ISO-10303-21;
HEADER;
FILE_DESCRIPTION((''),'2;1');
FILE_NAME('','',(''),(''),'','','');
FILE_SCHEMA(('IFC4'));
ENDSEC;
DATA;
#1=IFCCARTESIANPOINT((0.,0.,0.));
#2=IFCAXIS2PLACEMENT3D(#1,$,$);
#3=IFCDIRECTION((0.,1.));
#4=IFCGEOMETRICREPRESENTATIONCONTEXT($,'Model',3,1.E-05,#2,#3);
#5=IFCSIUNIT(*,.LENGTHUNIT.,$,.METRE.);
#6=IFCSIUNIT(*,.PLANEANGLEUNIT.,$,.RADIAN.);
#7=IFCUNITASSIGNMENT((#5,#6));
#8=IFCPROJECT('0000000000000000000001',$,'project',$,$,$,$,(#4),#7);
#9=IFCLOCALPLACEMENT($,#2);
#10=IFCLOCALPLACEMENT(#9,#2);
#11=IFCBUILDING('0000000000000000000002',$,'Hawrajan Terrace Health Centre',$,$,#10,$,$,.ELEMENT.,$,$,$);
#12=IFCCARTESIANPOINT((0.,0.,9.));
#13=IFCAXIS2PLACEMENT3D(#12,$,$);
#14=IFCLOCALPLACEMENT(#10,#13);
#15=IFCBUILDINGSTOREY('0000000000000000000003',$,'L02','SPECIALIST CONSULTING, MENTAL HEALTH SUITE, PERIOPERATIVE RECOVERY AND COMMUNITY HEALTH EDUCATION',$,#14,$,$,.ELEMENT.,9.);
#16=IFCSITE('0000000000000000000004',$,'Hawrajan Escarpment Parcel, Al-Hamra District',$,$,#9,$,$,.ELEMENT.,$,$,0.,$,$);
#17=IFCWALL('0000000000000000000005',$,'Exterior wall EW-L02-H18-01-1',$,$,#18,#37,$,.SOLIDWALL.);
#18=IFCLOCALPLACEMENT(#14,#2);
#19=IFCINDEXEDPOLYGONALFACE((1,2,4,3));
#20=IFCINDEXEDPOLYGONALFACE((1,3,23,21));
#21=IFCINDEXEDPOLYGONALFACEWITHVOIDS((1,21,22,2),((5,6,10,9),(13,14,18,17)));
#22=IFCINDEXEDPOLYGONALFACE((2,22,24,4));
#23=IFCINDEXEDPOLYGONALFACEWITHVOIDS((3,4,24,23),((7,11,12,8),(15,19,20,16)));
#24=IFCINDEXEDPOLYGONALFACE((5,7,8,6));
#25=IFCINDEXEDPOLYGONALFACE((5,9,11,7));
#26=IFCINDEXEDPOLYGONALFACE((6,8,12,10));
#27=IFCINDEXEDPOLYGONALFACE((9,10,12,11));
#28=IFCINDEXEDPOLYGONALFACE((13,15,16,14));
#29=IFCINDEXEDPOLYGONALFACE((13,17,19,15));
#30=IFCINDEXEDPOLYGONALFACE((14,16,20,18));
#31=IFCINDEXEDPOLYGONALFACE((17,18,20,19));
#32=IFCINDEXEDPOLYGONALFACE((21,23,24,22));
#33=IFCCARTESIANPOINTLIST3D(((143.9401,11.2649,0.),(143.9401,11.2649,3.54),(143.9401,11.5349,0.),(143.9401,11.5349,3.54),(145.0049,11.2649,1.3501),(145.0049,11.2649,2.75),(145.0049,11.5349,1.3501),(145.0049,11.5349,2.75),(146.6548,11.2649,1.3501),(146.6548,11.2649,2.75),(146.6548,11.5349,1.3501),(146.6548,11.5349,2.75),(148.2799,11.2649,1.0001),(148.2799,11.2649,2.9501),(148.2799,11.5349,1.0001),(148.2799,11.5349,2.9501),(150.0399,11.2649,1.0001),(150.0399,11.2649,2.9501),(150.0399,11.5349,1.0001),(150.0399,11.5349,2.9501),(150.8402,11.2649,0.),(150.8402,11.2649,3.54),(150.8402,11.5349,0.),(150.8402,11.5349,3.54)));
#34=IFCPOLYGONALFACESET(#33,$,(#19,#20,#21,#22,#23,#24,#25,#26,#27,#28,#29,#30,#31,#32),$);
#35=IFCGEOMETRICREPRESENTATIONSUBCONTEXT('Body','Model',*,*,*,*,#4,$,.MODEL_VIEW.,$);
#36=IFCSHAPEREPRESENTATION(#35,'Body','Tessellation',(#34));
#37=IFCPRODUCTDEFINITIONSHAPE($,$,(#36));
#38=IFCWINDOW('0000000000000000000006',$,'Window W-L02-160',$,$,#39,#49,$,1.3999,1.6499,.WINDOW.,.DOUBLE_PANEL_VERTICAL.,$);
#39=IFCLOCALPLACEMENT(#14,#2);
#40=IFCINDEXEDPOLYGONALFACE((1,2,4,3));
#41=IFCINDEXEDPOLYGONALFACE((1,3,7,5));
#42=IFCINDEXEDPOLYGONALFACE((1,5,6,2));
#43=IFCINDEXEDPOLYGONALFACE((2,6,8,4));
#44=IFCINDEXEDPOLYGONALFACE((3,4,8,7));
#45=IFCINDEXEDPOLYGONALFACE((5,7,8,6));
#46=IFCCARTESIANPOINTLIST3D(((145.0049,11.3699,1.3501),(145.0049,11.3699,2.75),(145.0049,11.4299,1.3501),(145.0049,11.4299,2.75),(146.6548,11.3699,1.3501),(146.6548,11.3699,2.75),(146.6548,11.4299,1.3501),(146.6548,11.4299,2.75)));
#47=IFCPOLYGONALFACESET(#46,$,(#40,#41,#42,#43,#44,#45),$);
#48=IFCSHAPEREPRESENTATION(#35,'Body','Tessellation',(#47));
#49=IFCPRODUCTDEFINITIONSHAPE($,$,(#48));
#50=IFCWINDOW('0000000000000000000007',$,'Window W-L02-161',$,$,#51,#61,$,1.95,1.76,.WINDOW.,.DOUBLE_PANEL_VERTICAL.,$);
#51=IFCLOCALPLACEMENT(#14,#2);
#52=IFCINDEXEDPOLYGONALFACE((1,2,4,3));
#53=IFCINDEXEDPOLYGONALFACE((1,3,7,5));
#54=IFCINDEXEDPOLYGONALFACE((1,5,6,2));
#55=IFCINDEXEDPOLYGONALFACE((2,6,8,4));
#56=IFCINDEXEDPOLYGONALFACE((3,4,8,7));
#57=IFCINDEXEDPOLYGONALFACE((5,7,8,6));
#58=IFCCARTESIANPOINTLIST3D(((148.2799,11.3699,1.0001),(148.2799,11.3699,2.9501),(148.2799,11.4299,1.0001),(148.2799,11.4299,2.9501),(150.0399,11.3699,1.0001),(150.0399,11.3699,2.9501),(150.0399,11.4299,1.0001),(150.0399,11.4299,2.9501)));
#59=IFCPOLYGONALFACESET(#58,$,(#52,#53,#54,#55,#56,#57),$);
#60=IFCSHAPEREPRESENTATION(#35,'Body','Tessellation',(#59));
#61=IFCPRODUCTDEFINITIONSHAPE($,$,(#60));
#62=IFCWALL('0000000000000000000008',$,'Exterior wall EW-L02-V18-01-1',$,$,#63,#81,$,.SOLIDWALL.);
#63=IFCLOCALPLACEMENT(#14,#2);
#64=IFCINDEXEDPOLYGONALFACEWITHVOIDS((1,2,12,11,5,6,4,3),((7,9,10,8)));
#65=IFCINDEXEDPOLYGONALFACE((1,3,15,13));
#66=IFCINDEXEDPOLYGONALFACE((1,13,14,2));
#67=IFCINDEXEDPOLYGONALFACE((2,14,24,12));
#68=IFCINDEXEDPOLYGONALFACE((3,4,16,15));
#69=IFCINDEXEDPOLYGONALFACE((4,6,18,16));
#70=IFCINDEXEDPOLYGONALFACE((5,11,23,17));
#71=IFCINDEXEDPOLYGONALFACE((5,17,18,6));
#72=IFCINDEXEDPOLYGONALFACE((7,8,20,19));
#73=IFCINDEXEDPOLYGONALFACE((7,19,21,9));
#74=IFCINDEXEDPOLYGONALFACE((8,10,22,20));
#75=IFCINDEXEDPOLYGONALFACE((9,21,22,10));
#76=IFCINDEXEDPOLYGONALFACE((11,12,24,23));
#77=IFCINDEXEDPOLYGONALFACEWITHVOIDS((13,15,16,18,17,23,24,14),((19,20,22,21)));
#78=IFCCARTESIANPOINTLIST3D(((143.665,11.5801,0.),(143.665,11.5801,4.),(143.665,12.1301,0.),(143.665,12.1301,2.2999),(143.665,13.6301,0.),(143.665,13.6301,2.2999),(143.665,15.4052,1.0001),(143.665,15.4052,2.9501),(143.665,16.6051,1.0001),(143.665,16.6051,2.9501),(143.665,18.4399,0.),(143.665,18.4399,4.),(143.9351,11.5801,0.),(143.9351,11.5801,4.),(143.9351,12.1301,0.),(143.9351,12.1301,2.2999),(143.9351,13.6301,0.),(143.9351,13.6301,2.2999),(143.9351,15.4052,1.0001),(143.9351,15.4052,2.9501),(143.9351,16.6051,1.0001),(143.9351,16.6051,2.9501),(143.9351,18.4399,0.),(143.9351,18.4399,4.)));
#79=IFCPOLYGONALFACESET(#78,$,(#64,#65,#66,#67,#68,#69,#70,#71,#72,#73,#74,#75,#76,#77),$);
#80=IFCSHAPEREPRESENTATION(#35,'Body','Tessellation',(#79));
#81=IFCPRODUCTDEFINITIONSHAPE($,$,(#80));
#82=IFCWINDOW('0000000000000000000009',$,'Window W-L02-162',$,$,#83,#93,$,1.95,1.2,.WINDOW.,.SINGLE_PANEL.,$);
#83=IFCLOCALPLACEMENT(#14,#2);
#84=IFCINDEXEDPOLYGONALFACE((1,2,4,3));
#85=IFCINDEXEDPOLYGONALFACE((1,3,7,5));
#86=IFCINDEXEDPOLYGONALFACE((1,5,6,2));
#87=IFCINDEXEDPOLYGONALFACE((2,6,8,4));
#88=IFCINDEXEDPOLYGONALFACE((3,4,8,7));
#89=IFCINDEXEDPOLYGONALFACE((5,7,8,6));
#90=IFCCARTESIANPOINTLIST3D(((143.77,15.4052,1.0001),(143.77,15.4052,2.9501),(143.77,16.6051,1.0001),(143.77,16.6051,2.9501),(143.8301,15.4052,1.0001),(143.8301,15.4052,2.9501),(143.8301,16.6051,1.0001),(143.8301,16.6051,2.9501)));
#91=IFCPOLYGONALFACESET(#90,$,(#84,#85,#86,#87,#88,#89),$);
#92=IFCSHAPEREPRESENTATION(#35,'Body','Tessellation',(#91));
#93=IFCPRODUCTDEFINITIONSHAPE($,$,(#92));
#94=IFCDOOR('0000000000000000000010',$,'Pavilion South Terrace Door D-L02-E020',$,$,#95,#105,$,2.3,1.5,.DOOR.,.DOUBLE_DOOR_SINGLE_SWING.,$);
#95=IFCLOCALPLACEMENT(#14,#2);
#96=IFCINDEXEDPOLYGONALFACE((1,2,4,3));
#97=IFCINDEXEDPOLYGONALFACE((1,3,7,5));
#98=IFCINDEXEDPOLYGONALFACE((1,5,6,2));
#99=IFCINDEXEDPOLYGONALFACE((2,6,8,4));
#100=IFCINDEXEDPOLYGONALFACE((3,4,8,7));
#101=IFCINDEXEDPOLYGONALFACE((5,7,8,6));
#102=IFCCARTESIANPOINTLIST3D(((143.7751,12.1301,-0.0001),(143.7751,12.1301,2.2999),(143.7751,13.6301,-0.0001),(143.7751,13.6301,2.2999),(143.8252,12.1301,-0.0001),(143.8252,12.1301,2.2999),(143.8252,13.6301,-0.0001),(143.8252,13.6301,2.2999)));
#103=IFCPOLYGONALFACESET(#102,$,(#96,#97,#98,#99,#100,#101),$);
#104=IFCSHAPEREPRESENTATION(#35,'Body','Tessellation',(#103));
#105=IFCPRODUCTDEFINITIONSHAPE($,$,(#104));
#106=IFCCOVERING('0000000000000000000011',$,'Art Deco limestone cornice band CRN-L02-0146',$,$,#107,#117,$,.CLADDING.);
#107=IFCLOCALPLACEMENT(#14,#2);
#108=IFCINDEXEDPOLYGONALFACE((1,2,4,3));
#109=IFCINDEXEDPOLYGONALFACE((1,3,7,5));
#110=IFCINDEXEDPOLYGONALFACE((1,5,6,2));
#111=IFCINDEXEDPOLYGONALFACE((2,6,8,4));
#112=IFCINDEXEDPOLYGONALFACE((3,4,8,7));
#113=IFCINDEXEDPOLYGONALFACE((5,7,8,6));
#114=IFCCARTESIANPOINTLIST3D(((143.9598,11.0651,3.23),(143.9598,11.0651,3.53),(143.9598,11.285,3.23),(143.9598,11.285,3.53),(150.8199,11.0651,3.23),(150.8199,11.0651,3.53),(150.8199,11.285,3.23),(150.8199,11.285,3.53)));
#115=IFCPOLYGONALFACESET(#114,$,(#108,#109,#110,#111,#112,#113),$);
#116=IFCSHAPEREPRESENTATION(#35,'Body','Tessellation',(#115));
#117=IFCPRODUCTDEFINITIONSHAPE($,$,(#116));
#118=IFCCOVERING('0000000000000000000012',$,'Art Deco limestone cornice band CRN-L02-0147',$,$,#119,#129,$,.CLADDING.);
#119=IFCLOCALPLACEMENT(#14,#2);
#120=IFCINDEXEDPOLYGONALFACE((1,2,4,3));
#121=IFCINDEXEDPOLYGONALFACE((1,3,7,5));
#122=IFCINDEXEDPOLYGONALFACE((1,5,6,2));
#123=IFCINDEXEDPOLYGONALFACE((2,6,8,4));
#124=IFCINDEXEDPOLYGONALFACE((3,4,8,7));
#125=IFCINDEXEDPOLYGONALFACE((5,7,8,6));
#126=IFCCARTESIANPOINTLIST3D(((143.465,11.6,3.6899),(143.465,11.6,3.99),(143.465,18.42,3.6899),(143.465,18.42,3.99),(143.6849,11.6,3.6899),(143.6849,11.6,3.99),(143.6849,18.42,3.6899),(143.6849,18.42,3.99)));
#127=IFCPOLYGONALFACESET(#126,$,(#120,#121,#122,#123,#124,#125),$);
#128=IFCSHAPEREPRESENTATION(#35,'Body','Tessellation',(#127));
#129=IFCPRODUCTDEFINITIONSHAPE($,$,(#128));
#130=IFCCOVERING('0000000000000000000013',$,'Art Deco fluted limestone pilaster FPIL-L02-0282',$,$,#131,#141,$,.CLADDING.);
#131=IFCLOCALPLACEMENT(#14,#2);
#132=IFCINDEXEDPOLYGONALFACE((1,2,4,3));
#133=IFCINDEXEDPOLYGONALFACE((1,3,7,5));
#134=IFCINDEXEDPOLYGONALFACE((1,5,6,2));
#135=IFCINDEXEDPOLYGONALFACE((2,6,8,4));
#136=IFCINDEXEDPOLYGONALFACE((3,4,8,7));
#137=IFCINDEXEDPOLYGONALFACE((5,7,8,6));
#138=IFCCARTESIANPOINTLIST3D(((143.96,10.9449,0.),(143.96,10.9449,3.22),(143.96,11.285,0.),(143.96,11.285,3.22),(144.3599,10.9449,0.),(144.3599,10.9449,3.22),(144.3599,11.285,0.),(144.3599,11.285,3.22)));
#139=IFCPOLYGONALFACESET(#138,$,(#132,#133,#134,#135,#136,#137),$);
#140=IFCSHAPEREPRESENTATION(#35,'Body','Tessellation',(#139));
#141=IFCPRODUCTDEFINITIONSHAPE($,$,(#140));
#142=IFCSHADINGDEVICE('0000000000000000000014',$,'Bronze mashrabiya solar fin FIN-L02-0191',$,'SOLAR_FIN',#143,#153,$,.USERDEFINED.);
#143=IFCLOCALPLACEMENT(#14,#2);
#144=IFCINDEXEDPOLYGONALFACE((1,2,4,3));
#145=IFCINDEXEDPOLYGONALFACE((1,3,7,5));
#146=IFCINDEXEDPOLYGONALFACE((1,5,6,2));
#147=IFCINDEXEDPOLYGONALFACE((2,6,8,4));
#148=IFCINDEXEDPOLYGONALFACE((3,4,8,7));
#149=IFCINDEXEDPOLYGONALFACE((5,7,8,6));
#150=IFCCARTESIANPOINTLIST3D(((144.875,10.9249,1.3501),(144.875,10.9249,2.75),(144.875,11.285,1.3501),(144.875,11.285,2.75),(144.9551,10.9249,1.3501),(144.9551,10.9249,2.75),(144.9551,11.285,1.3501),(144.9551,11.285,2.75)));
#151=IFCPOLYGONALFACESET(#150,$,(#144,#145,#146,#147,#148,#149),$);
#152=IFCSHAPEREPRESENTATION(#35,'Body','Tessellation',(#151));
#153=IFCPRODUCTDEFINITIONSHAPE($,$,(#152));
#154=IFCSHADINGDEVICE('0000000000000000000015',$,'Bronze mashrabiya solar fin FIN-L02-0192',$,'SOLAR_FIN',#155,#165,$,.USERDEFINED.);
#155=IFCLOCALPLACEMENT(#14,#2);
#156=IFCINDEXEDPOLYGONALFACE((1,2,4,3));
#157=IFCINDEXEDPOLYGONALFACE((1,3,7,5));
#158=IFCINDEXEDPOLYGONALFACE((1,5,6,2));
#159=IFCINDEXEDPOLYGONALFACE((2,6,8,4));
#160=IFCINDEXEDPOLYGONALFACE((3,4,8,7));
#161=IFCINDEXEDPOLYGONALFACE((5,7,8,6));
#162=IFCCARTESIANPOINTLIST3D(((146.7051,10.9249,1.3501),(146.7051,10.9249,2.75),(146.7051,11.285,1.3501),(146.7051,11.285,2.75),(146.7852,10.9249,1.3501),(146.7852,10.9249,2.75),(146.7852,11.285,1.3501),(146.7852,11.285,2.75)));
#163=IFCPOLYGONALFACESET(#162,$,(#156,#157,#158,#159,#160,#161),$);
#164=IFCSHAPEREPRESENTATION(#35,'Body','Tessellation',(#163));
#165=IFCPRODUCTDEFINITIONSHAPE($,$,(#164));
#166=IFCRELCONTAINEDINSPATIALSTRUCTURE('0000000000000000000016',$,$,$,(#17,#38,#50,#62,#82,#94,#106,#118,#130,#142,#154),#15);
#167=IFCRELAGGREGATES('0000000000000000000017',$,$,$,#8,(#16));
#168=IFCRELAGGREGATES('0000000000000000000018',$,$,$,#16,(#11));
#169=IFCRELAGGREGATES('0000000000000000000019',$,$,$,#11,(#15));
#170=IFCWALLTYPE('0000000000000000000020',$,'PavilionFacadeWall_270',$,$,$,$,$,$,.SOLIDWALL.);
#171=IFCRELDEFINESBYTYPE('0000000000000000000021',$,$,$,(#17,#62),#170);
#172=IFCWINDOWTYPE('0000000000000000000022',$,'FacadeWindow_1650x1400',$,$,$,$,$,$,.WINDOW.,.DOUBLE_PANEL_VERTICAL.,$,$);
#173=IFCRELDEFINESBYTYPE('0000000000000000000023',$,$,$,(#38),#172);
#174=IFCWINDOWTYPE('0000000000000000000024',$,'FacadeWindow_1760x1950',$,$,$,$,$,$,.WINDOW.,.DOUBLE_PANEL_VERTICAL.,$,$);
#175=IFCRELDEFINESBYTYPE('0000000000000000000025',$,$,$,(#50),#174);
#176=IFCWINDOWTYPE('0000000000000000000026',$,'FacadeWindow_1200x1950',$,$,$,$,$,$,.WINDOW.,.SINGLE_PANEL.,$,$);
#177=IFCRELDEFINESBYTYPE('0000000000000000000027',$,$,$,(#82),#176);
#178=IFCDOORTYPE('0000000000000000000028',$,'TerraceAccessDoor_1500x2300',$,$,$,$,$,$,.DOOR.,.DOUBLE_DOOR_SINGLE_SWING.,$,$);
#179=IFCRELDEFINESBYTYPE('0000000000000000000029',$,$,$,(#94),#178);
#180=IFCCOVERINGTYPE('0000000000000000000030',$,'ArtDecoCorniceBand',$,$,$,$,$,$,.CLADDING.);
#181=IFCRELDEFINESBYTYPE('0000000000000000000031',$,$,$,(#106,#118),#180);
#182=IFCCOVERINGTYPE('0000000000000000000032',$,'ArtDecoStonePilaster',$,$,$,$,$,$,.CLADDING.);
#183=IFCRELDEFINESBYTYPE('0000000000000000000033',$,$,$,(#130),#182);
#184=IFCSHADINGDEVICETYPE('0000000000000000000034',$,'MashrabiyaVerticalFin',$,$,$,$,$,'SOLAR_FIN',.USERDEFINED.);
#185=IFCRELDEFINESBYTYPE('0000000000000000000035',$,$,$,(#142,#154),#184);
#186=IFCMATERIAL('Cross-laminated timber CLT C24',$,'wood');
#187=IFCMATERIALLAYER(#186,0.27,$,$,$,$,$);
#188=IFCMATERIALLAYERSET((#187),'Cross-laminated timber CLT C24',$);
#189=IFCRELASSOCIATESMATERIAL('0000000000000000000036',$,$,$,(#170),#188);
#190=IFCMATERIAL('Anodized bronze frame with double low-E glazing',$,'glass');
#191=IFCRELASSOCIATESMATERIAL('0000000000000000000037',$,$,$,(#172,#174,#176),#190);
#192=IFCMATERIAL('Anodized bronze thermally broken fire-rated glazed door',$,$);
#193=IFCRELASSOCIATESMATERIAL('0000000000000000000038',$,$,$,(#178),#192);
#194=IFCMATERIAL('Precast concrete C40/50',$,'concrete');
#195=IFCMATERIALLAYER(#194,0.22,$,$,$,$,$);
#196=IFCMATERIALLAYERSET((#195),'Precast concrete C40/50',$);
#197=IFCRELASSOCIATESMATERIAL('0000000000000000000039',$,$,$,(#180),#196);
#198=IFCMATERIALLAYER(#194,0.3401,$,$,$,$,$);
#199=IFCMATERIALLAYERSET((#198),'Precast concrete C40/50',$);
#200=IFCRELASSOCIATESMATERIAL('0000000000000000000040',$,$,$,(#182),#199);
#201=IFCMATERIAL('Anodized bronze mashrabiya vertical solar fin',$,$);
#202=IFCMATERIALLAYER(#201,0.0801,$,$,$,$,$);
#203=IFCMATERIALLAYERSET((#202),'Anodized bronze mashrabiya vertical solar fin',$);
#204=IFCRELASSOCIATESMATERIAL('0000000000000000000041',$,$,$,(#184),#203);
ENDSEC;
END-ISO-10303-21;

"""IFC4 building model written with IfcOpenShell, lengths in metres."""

from ifc_helpers import new_model, si_unit, direction, frame, frame_2d, origin, origin_2d, place, context, subcontext, project, spatial, rectangle, extrude, material, layer, layer_set, type_object, element, fill, save


model = new_model("IFC4")

# Units and contexts
model_context = context("Model", 3, precision=1e-05, world=origin(), true_north=direction((0.0, 1.0)))
body_context = subcontext(model_context, "Body", "Model", "MODEL_VIEW")
ifc_project = project(units=[si_unit("LENGTHUNIT", "METRE"), si_unit("PLANEANGLEUNIT", "RADIAN")], contexts=[model_context])

# Site, building, storey
site_placement = place(None, origin())
site = spatial("IfcSite", under=ifc_project, at=site_placement, Name="Hawrajan Escarpment Parcel, Al-Hamra District", CompositionType="ELEMENT", RefElevation=0.0)
building_placement = place(site_placement, origin())
building = spatial("IfcBuilding", under=site, at=building_placement, Name="Hawrajan Terrace Health Centre", CompositionType="ELEMENT")
storey_placement = place(building_placement, frame((0.0, 0.0, 9.0)))
storey = spatial("IfcBuildingStorey", under=building, at=storey_placement, Name="L02", Description="SPECIALIST CONSULTING, MENTAL HEALTH SUITE, PERIOPERATIVE RECOVERY AND COMMUNITY HEALTH EDUCATION", CompositionType="ELEMENT", Elevation=9.0)

# Wall, openings, windows
ifc_material_1 = material(Name="Cross-laminated timber CLT C24", Category="wood")
ifc_layer_1 = layer(ifc_material_1, 0.27)
ifc_layer_set_1 = layer_set([ifc_layer_1], Name="Cross-laminated timber CLT C24")
wall_type_1 = type_object("IfcWallType", Name="PavilionFacadeWall_270", PredefinedType="SOLIDWALL", material=ifc_layer_set_1)
wall_1_placement = place(storey_placement, frame((143.9399, 11.3999, 0.0), z_axis=(0.0, 0.0, 1.0), x_axis=(1.0, 0.0, 0.0)))
wall_1 = element("IfcWall", 1, at=wall_1_placement, inside=storey, type_object=wall_type_1, Name="Exterior wall EW-L02-H18-01-1", PredefinedType="SOLIDWALL", context=body_context, shape_type="SweptSolid", body=[
    extrude(rectangle(XDim=6.9001, YDim=0.27, at=frame_2d((3.4502, 0.0))), origin(), (0.0, 0.0, 1.0), 3.54),
])
opening_1_placement = place(wall_1_placement, frame((1.0649, 0.0, 1.3501)))
opening_1 = element("IfcOpeningElement", 2, at=opening_1_placement, cuts=wall_1, PredefinedType="OPENING", context=body_context, shape_type="SweptSolid", body=[
    extrude(rectangle(XDim=1.6499, YDim=1.3999, at=frame_2d((0.825, 0.7))), frame((0.0, 0.145, 0.0), z_axis=(0.0, -1.0, 0.0), x_axis=(1.0, 0.0, 0.0)), (0.0, 0.0, 1.0), 0.29),
])
opening_2_placement = place(wall_1_placement, frame((4.3401, 0.0, 1.0)))
opening_2 = element("IfcOpeningElement", 3, at=opening_2_placement, cuts=wall_1, PredefinedType="OPENING", context=body_context, shape_type="SweptSolid", body=[
    extrude(rectangle(XDim=1.76, YDim=1.95, at=frame_2d((0.8799, 0.9751))), frame((0.0, 0.145, 0.0), z_axis=(0.0, -1.0, 0.0), x_axis=(1.0, 0.0, 0.0)), (0.0, 0.0, 1.0), 0.29),
])
ifc_material_2 = material(Name="Anodized bronze frame with double low-E glazing", Category="glass")
window_type_1 = type_object("IfcWindowType", Name="FacadeWindow_1650x1400", PartitioningType="DOUBLE_PANEL_VERTICAL", PredefinedType="WINDOW", material=ifc_material_2)
window_1_placement = place(opening_1_placement, origin())
window_1 = element("IfcWindow", 4, at=window_1_placement, inside=storey, type_object=window_type_1, Name="Window W-L02-160", OverallHeight=1.3999, OverallWidth=1.6499, PartitioningType="DOUBLE_PANEL_VERTICAL", PredefinedType="WINDOW", context=body_context, shape_type="SweptSolid", body=[
    extrude(rectangle(XDim=1.6499, YDim=1.3999, at=frame_2d((0.825, 0.7))), frame((0.0, 0.03, 0.0), z_axis=(0.0, -1.0, 0.0), x_axis=(1.0, 0.0, 0.0)), (0.0, 0.0, 1.0), 0.0601),
])
fill(opening_1, window_1)
window_type_2 = type_object("IfcWindowType", Name="FacadeWindow_1760x1950", PartitioningType="DOUBLE_PANEL_VERTICAL", PredefinedType="WINDOW", material=ifc_material_2)
window_2_placement = place(opening_2_placement, origin())
window_2 = element("IfcWindow", 5, at=window_2_placement, inside=storey, type_object=window_type_2, Name="Window W-L02-161", OverallHeight=1.95, OverallWidth=1.76, PartitioningType="DOUBLE_PANEL_VERTICAL", PredefinedType="WINDOW", context=body_context, shape_type="SweptSolid", body=[
    extrude(rectangle(XDim=1.76, YDim=1.95, at=frame_2d((0.8799, 0.9751))), frame((0.0, 0.03, 0.0), z_axis=(0.0, -1.0, 0.0), x_axis=(1.0, 0.0, 0.0)), (0.0, 0.0, 1.0), 0.0601),
])
fill(opening_2, window_2)

# Wall, openings, window, door
wall_2_placement = place(storey_placement, frame((143.8, 11.5801, 0.0), z_axis=(0.0, 0.0, 1.0), x_axis=(0.0, 1.0, 0.0)))
wall_2 = element("IfcWall", 6, at=wall_2_placement, inside=storey, type_object=wall_type_1, Name="Exterior wall EW-L02-V18-01-1", PredefinedType="SOLIDWALL", context=body_context, shape_type="SweptSolid", body=[
    extrude(rectangle(XDim=6.8599, YDim=0.27, at=frame_2d((3.4299, 0.0))), origin(), (0.0, 0.0, 1.0), 4.0),
])
opening_3_placement = place(wall_2_placement, frame((0.55, 0.0, 0.0)))
opening_3 = element("IfcOpeningElement", 7, at=opening_3_placement, cuts=wall_2, PredefinedType="OPENING", context=body_context, shape_type="SweptSolid", body=[
    extrude(rectangle(XDim=1.5, YDim=2.3, at=frame_2d((0.75, 1.1499))), frame((0.0, 0.145, 0.0), z_axis=(0.0, -1.0, 0.0), x_axis=(1.0, 0.0, 0.0)), (0.0, 0.0, 1.0), 0.29),
])
opening_4_placement = place(wall_2_placement, frame((3.825, 0.0, 1.0)))
opening_4 = element("IfcOpeningElement", 8, at=opening_4_placement, cuts=wall_2, PredefinedType="OPENING", context=body_context, shape_type="SweptSolid", body=[
    extrude(rectangle(XDim=1.2, YDim=1.95, at=frame_2d((0.6001, 0.9751))), frame((0.0, 0.145, 0.0), z_axis=(0.0, -1.0, 0.0), x_axis=(1.0, 0.0, 0.0)), (0.0, 0.0, 1.0), 0.29),
])
window_type_3 = type_object("IfcWindowType", Name="FacadeWindow_1200x1950", PartitioningType="SINGLE_PANEL", PredefinedType="WINDOW", material=ifc_material_2)
window_3_placement = place(opening_4_placement, origin())
window_3 = element("IfcWindow", 9, at=window_3_placement, inside=storey, type_object=window_type_3, Name="Window W-L02-162", OverallHeight=1.95, OverallWidth=1.2, PartitioningType="SINGLE_PANEL", PredefinedType="WINDOW", context=body_context, shape_type="SweptSolid", body=[
    extrude(rectangle(XDim=1.2, YDim=1.95, at=frame_2d((0.6001, 0.9751))), frame((0.0, 0.03, 0.0), z_axis=(0.0, -1.0, 0.0), x_axis=(1.0, 0.0, 0.0)), (0.0, 0.0, 1.0), 0.0601),
])
fill(opening_4, window_3)
ifc_material_3 = material(Name="Anodized bronze thermally broken fire-rated glazed door")
door_type_1 = type_object("IfcDoorType", Name="TerraceAccessDoor_1500x2300", OperationType="DOUBLE_DOOR_SINGLE_SWING", PredefinedType="DOOR", material=ifc_material_3)
door_1_placement = place(opening_3_placement, origin())
door_1 = element("IfcDoor", 10, at=door_1_placement, inside=storey, type_object=door_type_1, Name="Pavilion South Terrace Door D-L02-E020", OperationType="DOUBLE_DOOR_SINGLE_SWING", OverallHeight=2.3, OverallWidth=1.5, PredefinedType="DOOR", context=body_context, shape_type="SweptSolid", body=[
    extrude(rectangle(XDim=1.5, YDim=2.3, at=frame_2d((0.75, 1.1499))), frame((0.0, 0.0249, 0.0), z_axis=(0.0, -1.0, 0.0), x_axis=(1.0, 0.0, 0.0)), (0.0, 0.0, 1.0), 0.05),
])
fill(opening_3, door_1)

# Coverings
ifc_material_4 = material(Name="Precast concrete C40/50", Category="concrete")
ifc_layer_2 = layer(ifc_material_4, 0.22)
ifc_layer_set_2 = layer_set([ifc_layer_2], Name="Precast concrete C40/50")
covering_type_1 = type_object("IfcCoveringType", Name="ArtDecoCorniceBand", PredefinedType="CLADDING", material=ifc_layer_set_2)
covering_1_placement = place(storey_placement, frame((147.3899, 11.175, 3.23), z_axis=(0.0, 0.0, 1.0), x_axis=(1.0, 0.0, 0.0)))
element("IfcCovering", 11, at=covering_1_placement, inside=storey, type_object=covering_type_1, Name="Art Deco limestone cornice band CRN-L02-0146", PredefinedType="CLADDING", context=body_context, shape_type="SweptSolid", body=[
    extrude(rectangle(XDim=6.8601, YDim=0.22, at=origin_2d()), origin(), (0.0, 0.0, 1.0), 0.3),
])
covering_2_placement = place(storey_placement, frame((143.575, 15.01, 3.6899), z_axis=(0.0, 0.0, 1.0), x_axis=(0.0, 1.0, 0.0)))
element("IfcCovering", 12, at=covering_2_placement, inside=storey, type_object=covering_type_1, Name="Art Deco limestone cornice band CRN-L02-0147", PredefinedType="CLADDING", context=body_context, shape_type="SweptSolid", body=[
    extrude(rectangle(XDim=6.8201, YDim=0.22, at=origin_2d()), origin(), (0.0, 0.0, 1.0), 0.3),
])
ifc_layer_3 = layer(ifc_material_4, 0.3401)
ifc_layer_set_3 = layer_set([ifc_layer_3], Name="Precast concrete C40/50")
covering_type_2 = type_object("IfcCoveringType", Name="ArtDecoStonePilaster", PredefinedType="CLADDING", material=ifc_layer_set_3)
covering_3_placement = place(storey_placement, frame((144.1599, 11.115, 0.0), z_axis=(0.0, 0.0, 1.0), x_axis=(1.0, 0.0, 0.0)))
element("IfcCovering", 13, at=covering_3_placement, inside=storey, type_object=covering_type_2, Name="Art Deco fluted limestone pilaster FPIL-L02-0282", PredefinedType="CLADDING", context=body_context, shape_type="SweptSolid", body=[
    extrude(rectangle(XDim=0.3999, YDim=0.3401, at=origin_2d()), origin(), (0.0, 0.0, 1.0), 3.22),
])

# Shading devices
ifc_material_5 = material(Name="Anodized bronze mashrabiya vertical solar fin")
ifc_layer_4 = layer(ifc_material_5, 0.0801)
ifc_layer_set_4 = layer_set([ifc_layer_4], Name="Anodized bronze mashrabiya vertical solar fin")
shading_device_type_1 = type_object("IfcShadingDeviceType", Name="MashrabiyaVerticalFin", ElementType="SOLAR_FIN", PredefinedType="USERDEFINED", material=ifc_layer_set_4)
for number, where, z_axis, x_axis, name in (
    (14, (144.915, 11.105, 1.3501), (0.0, 0.0, 1.0), (1.0, 0.0, 0.0), "Bronze mashrabiya solar fin FIN-L02-0191"),
    (15, (146.7451, 11.105, 1.3501), (0.0, 0.0, 1.0), (1.0, 0.0, 0.0), "Bronze mashrabiya solar fin FIN-L02-0192"),
):
    element("IfcShadingDevice", number, at=place(storey_placement, frame(where, z_axis=z_axis, x_axis=x_axis)), inside=storey, type_object=shading_device_type_1, Name=name, ObjectType="SOLAR_FIN", PredefinedType="USERDEFINED", context=body_context, shape_type="SweptSolid", body=[
        extrude(rectangle(XDim=0.0801, YDim=0.3601, at=origin_2d()), origin(), (0.0, 0.0, 1.0), 1.3999),
    ])

save(model, "model.ifc")
